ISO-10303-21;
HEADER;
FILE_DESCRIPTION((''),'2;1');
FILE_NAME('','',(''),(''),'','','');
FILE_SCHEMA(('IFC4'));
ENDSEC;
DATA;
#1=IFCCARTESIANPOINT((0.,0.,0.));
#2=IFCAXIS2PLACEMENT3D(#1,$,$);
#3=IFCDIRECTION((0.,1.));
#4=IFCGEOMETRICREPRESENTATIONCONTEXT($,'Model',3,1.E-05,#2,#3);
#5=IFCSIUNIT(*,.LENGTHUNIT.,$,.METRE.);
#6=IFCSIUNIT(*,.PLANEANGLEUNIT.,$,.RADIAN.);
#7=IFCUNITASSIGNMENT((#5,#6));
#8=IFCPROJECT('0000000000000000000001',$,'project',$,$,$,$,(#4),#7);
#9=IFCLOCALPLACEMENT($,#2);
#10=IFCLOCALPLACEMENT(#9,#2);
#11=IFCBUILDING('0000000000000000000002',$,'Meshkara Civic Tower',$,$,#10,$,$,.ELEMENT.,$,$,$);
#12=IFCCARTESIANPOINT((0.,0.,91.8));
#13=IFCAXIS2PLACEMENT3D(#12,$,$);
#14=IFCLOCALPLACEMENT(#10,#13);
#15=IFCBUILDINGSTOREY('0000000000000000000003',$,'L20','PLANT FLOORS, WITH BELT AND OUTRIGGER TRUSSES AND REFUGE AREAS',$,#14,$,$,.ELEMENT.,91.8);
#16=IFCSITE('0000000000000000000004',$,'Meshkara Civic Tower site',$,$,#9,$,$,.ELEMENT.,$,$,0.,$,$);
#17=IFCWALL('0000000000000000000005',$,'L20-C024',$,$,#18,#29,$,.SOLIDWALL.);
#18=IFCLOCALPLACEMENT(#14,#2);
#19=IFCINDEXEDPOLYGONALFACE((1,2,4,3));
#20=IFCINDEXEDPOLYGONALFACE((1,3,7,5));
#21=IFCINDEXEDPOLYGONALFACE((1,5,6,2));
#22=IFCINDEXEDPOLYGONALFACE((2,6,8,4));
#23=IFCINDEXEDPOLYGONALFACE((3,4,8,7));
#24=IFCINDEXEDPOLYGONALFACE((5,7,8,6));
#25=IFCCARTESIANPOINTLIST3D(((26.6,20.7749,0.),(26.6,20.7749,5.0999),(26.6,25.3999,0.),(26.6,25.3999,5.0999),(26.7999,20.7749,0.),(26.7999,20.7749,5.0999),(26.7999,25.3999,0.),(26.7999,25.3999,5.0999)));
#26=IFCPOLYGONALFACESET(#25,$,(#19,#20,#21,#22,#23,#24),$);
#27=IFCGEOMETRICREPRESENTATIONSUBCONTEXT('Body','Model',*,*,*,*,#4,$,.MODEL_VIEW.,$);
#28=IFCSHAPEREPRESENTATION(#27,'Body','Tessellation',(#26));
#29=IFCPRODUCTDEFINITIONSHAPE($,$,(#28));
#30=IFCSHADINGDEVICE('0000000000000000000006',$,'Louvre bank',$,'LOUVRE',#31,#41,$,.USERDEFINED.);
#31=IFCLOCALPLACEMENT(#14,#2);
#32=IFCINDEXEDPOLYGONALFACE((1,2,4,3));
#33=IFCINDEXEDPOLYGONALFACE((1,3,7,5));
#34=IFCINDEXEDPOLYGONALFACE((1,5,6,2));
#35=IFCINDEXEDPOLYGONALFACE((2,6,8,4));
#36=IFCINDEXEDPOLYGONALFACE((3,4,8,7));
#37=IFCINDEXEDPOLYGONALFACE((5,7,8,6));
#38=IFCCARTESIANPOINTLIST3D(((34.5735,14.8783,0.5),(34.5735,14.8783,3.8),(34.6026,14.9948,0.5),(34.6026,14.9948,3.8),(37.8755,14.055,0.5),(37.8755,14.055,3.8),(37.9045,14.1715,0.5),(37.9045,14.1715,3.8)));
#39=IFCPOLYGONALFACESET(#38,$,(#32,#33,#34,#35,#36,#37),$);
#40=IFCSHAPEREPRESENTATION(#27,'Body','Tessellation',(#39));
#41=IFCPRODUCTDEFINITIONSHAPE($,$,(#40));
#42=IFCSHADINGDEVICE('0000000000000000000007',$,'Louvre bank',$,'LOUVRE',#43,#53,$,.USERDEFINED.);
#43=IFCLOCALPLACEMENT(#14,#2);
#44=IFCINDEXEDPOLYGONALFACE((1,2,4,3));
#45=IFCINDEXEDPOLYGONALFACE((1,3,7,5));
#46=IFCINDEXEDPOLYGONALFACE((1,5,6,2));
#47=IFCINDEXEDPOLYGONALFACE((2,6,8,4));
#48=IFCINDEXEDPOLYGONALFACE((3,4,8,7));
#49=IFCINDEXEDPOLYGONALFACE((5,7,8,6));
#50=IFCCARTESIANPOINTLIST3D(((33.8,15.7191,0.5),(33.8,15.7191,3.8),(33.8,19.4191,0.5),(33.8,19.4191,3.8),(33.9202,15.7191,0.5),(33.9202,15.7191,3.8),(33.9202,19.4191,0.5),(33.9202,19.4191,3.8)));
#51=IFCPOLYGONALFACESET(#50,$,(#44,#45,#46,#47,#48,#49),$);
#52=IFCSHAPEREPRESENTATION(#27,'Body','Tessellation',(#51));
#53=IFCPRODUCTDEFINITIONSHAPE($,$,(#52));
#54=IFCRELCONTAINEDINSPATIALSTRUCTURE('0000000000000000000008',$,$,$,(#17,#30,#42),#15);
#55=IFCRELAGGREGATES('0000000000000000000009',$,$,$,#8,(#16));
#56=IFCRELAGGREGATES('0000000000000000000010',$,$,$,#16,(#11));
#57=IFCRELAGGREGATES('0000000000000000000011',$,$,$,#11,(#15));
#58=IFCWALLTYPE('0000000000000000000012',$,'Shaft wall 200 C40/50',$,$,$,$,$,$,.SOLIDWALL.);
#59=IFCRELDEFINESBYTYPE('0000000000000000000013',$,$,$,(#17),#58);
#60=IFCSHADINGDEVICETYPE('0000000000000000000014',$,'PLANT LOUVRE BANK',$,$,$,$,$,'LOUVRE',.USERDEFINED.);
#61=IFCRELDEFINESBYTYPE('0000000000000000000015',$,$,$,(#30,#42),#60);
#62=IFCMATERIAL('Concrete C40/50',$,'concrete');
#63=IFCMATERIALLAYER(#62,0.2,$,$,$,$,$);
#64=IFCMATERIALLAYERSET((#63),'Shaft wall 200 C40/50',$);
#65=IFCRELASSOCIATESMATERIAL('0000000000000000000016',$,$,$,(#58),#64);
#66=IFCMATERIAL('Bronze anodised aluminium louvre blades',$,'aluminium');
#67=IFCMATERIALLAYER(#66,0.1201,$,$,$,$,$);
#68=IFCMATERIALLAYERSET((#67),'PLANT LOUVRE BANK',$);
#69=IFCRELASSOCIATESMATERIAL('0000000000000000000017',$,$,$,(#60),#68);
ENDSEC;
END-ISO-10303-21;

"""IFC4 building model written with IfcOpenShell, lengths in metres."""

from ifc_helpers import new_model, si_unit, direction, frame, frame_2d, origin, origin_2d, place, context, subcontext, project, spatial, rectangle, extrude, material, layer, layer_set, type_object, element, save


model = new_model("IFC4")

# Units and contexts
model_context = context("Model", 3, precision=1e-05, world=origin(), true_north=direction((0.0, 1.0)))
body_context = subcontext(model_context, "Body", "Model", "MODEL_VIEW")
ifc_project = project(units=[si_unit("LENGTHUNIT", "METRE"), si_unit("PLANEANGLEUNIT", "RADIAN")], contexts=[model_context])

# Site, building, storey
site_placement = place(None, origin())
site = spatial("IfcSite", under=ifc_project, at=site_placement, Name="Meshkara Civic Tower site", CompositionType="ELEMENT", RefElevation=0.0)
building_placement = place(site_placement, origin())
building = spatial("IfcBuilding", under=site, at=building_placement, Name="Meshkara Civic Tower", CompositionType="ELEMENT")
storey_placement = place(building_placement, frame((0.0, 0.0, 91.8)))
storey = spatial("IfcBuildingStorey", under=building, at=storey_placement, Name="L20", Description="PLANT FLOORS, WITH BELT AND OUTRIGGER TRUSSES AND REFUGE AREAS", CompositionType="ELEMENT", Elevation=91.8)

# Shared definitions
ifc_material_1 = material(Name="Concrete C40/50", Category="concrete")
ifc_layer_1 = layer(ifc_material_1, 0.2)
ifc_layer_set_1 = layer_set([ifc_layer_1], Name="Shaft wall 200 C40/50")
wall_type_1 = type_object("IfcWallType", Name="Shaft wall 200 C40/50", PredefinedType="SOLIDWALL", material=ifc_layer_set_1)

# Wall
wall_1_placement = place(storey_placement, frame((26.7, 20.7749, 0.0), z_axis=(0.0, 0.0, 1.0), x_axis=(0.0, 1.0, 0.0)))
element("IfcWall", 1, at=wall_1_placement, inside=storey, type_object=wall_type_1, Name="L20-C024", PredefinedType="SOLIDWALL", context=body_context, shape_type="SweptSolid", body=[
    extrude(rectangle(XDim=4.625, YDim=0.2, at=frame_2d((2.3125, 0.0))), origin(), (0.0, 0.0, 1.0), 5.0999),
])

# Shading devices
ifc_material_2 = material(Name="Bronze anodised aluminium louvre blades", Category="aluminium")
ifc_layer_2 = layer(ifc_material_2, 0.1201)
ifc_layer_set_2 = layer_set([ifc_layer_2], Name="PLANT LOUVRE BANK")
shading_device_type = type_object("IfcShadingDeviceType", Name="PLANT LOUVRE BANK", ElementType="LOUVRE", PredefinedType="USERDEFINED", material=ifc_layer_set_2)
shading_device_1_placement = place(storey_placement, frame((36.239, 14.5249, 0.5), z_axis=(0.0, 0.0, 1.0), x_axis=(-0.970292, 0.241939, 0.0)))
element("IfcShadingDevice", 2, at=shading_device_1_placement, inside=storey, type_object=shading_device_type, Name="Louvre bank", ObjectType="LOUVRE", PredefinedType="USERDEFINED", context=body_context, shape_type="SweptSolid", body=[
    extrude(rectangle(XDim=3.4031, YDim=0.1201, at=origin_2d()), origin(), (0.0, 0.0, 1.0), 3.3),
])
shading_device_2_placement = place(storey_placement, frame((33.8601, 17.5691, 0.5), z_axis=(0.0, 0.0, 1.0), x_axis=(0.0, 1.0, 0.0)))
element("IfcShadingDevice", 3, at=shading_device_2_placement, inside=storey, type_object=shading_device_type, Name="Louvre bank", ObjectType="LOUVRE", PredefinedType="USERDEFINED", context=body_context, shape_type="SweptSolid", body=[
    extrude(rectangle(XDim=3.7, YDim=0.1201, at=origin_2d()), origin(), (0.0, 0.0, 1.0), 3.3),
])

save(model, "model.ifc")
